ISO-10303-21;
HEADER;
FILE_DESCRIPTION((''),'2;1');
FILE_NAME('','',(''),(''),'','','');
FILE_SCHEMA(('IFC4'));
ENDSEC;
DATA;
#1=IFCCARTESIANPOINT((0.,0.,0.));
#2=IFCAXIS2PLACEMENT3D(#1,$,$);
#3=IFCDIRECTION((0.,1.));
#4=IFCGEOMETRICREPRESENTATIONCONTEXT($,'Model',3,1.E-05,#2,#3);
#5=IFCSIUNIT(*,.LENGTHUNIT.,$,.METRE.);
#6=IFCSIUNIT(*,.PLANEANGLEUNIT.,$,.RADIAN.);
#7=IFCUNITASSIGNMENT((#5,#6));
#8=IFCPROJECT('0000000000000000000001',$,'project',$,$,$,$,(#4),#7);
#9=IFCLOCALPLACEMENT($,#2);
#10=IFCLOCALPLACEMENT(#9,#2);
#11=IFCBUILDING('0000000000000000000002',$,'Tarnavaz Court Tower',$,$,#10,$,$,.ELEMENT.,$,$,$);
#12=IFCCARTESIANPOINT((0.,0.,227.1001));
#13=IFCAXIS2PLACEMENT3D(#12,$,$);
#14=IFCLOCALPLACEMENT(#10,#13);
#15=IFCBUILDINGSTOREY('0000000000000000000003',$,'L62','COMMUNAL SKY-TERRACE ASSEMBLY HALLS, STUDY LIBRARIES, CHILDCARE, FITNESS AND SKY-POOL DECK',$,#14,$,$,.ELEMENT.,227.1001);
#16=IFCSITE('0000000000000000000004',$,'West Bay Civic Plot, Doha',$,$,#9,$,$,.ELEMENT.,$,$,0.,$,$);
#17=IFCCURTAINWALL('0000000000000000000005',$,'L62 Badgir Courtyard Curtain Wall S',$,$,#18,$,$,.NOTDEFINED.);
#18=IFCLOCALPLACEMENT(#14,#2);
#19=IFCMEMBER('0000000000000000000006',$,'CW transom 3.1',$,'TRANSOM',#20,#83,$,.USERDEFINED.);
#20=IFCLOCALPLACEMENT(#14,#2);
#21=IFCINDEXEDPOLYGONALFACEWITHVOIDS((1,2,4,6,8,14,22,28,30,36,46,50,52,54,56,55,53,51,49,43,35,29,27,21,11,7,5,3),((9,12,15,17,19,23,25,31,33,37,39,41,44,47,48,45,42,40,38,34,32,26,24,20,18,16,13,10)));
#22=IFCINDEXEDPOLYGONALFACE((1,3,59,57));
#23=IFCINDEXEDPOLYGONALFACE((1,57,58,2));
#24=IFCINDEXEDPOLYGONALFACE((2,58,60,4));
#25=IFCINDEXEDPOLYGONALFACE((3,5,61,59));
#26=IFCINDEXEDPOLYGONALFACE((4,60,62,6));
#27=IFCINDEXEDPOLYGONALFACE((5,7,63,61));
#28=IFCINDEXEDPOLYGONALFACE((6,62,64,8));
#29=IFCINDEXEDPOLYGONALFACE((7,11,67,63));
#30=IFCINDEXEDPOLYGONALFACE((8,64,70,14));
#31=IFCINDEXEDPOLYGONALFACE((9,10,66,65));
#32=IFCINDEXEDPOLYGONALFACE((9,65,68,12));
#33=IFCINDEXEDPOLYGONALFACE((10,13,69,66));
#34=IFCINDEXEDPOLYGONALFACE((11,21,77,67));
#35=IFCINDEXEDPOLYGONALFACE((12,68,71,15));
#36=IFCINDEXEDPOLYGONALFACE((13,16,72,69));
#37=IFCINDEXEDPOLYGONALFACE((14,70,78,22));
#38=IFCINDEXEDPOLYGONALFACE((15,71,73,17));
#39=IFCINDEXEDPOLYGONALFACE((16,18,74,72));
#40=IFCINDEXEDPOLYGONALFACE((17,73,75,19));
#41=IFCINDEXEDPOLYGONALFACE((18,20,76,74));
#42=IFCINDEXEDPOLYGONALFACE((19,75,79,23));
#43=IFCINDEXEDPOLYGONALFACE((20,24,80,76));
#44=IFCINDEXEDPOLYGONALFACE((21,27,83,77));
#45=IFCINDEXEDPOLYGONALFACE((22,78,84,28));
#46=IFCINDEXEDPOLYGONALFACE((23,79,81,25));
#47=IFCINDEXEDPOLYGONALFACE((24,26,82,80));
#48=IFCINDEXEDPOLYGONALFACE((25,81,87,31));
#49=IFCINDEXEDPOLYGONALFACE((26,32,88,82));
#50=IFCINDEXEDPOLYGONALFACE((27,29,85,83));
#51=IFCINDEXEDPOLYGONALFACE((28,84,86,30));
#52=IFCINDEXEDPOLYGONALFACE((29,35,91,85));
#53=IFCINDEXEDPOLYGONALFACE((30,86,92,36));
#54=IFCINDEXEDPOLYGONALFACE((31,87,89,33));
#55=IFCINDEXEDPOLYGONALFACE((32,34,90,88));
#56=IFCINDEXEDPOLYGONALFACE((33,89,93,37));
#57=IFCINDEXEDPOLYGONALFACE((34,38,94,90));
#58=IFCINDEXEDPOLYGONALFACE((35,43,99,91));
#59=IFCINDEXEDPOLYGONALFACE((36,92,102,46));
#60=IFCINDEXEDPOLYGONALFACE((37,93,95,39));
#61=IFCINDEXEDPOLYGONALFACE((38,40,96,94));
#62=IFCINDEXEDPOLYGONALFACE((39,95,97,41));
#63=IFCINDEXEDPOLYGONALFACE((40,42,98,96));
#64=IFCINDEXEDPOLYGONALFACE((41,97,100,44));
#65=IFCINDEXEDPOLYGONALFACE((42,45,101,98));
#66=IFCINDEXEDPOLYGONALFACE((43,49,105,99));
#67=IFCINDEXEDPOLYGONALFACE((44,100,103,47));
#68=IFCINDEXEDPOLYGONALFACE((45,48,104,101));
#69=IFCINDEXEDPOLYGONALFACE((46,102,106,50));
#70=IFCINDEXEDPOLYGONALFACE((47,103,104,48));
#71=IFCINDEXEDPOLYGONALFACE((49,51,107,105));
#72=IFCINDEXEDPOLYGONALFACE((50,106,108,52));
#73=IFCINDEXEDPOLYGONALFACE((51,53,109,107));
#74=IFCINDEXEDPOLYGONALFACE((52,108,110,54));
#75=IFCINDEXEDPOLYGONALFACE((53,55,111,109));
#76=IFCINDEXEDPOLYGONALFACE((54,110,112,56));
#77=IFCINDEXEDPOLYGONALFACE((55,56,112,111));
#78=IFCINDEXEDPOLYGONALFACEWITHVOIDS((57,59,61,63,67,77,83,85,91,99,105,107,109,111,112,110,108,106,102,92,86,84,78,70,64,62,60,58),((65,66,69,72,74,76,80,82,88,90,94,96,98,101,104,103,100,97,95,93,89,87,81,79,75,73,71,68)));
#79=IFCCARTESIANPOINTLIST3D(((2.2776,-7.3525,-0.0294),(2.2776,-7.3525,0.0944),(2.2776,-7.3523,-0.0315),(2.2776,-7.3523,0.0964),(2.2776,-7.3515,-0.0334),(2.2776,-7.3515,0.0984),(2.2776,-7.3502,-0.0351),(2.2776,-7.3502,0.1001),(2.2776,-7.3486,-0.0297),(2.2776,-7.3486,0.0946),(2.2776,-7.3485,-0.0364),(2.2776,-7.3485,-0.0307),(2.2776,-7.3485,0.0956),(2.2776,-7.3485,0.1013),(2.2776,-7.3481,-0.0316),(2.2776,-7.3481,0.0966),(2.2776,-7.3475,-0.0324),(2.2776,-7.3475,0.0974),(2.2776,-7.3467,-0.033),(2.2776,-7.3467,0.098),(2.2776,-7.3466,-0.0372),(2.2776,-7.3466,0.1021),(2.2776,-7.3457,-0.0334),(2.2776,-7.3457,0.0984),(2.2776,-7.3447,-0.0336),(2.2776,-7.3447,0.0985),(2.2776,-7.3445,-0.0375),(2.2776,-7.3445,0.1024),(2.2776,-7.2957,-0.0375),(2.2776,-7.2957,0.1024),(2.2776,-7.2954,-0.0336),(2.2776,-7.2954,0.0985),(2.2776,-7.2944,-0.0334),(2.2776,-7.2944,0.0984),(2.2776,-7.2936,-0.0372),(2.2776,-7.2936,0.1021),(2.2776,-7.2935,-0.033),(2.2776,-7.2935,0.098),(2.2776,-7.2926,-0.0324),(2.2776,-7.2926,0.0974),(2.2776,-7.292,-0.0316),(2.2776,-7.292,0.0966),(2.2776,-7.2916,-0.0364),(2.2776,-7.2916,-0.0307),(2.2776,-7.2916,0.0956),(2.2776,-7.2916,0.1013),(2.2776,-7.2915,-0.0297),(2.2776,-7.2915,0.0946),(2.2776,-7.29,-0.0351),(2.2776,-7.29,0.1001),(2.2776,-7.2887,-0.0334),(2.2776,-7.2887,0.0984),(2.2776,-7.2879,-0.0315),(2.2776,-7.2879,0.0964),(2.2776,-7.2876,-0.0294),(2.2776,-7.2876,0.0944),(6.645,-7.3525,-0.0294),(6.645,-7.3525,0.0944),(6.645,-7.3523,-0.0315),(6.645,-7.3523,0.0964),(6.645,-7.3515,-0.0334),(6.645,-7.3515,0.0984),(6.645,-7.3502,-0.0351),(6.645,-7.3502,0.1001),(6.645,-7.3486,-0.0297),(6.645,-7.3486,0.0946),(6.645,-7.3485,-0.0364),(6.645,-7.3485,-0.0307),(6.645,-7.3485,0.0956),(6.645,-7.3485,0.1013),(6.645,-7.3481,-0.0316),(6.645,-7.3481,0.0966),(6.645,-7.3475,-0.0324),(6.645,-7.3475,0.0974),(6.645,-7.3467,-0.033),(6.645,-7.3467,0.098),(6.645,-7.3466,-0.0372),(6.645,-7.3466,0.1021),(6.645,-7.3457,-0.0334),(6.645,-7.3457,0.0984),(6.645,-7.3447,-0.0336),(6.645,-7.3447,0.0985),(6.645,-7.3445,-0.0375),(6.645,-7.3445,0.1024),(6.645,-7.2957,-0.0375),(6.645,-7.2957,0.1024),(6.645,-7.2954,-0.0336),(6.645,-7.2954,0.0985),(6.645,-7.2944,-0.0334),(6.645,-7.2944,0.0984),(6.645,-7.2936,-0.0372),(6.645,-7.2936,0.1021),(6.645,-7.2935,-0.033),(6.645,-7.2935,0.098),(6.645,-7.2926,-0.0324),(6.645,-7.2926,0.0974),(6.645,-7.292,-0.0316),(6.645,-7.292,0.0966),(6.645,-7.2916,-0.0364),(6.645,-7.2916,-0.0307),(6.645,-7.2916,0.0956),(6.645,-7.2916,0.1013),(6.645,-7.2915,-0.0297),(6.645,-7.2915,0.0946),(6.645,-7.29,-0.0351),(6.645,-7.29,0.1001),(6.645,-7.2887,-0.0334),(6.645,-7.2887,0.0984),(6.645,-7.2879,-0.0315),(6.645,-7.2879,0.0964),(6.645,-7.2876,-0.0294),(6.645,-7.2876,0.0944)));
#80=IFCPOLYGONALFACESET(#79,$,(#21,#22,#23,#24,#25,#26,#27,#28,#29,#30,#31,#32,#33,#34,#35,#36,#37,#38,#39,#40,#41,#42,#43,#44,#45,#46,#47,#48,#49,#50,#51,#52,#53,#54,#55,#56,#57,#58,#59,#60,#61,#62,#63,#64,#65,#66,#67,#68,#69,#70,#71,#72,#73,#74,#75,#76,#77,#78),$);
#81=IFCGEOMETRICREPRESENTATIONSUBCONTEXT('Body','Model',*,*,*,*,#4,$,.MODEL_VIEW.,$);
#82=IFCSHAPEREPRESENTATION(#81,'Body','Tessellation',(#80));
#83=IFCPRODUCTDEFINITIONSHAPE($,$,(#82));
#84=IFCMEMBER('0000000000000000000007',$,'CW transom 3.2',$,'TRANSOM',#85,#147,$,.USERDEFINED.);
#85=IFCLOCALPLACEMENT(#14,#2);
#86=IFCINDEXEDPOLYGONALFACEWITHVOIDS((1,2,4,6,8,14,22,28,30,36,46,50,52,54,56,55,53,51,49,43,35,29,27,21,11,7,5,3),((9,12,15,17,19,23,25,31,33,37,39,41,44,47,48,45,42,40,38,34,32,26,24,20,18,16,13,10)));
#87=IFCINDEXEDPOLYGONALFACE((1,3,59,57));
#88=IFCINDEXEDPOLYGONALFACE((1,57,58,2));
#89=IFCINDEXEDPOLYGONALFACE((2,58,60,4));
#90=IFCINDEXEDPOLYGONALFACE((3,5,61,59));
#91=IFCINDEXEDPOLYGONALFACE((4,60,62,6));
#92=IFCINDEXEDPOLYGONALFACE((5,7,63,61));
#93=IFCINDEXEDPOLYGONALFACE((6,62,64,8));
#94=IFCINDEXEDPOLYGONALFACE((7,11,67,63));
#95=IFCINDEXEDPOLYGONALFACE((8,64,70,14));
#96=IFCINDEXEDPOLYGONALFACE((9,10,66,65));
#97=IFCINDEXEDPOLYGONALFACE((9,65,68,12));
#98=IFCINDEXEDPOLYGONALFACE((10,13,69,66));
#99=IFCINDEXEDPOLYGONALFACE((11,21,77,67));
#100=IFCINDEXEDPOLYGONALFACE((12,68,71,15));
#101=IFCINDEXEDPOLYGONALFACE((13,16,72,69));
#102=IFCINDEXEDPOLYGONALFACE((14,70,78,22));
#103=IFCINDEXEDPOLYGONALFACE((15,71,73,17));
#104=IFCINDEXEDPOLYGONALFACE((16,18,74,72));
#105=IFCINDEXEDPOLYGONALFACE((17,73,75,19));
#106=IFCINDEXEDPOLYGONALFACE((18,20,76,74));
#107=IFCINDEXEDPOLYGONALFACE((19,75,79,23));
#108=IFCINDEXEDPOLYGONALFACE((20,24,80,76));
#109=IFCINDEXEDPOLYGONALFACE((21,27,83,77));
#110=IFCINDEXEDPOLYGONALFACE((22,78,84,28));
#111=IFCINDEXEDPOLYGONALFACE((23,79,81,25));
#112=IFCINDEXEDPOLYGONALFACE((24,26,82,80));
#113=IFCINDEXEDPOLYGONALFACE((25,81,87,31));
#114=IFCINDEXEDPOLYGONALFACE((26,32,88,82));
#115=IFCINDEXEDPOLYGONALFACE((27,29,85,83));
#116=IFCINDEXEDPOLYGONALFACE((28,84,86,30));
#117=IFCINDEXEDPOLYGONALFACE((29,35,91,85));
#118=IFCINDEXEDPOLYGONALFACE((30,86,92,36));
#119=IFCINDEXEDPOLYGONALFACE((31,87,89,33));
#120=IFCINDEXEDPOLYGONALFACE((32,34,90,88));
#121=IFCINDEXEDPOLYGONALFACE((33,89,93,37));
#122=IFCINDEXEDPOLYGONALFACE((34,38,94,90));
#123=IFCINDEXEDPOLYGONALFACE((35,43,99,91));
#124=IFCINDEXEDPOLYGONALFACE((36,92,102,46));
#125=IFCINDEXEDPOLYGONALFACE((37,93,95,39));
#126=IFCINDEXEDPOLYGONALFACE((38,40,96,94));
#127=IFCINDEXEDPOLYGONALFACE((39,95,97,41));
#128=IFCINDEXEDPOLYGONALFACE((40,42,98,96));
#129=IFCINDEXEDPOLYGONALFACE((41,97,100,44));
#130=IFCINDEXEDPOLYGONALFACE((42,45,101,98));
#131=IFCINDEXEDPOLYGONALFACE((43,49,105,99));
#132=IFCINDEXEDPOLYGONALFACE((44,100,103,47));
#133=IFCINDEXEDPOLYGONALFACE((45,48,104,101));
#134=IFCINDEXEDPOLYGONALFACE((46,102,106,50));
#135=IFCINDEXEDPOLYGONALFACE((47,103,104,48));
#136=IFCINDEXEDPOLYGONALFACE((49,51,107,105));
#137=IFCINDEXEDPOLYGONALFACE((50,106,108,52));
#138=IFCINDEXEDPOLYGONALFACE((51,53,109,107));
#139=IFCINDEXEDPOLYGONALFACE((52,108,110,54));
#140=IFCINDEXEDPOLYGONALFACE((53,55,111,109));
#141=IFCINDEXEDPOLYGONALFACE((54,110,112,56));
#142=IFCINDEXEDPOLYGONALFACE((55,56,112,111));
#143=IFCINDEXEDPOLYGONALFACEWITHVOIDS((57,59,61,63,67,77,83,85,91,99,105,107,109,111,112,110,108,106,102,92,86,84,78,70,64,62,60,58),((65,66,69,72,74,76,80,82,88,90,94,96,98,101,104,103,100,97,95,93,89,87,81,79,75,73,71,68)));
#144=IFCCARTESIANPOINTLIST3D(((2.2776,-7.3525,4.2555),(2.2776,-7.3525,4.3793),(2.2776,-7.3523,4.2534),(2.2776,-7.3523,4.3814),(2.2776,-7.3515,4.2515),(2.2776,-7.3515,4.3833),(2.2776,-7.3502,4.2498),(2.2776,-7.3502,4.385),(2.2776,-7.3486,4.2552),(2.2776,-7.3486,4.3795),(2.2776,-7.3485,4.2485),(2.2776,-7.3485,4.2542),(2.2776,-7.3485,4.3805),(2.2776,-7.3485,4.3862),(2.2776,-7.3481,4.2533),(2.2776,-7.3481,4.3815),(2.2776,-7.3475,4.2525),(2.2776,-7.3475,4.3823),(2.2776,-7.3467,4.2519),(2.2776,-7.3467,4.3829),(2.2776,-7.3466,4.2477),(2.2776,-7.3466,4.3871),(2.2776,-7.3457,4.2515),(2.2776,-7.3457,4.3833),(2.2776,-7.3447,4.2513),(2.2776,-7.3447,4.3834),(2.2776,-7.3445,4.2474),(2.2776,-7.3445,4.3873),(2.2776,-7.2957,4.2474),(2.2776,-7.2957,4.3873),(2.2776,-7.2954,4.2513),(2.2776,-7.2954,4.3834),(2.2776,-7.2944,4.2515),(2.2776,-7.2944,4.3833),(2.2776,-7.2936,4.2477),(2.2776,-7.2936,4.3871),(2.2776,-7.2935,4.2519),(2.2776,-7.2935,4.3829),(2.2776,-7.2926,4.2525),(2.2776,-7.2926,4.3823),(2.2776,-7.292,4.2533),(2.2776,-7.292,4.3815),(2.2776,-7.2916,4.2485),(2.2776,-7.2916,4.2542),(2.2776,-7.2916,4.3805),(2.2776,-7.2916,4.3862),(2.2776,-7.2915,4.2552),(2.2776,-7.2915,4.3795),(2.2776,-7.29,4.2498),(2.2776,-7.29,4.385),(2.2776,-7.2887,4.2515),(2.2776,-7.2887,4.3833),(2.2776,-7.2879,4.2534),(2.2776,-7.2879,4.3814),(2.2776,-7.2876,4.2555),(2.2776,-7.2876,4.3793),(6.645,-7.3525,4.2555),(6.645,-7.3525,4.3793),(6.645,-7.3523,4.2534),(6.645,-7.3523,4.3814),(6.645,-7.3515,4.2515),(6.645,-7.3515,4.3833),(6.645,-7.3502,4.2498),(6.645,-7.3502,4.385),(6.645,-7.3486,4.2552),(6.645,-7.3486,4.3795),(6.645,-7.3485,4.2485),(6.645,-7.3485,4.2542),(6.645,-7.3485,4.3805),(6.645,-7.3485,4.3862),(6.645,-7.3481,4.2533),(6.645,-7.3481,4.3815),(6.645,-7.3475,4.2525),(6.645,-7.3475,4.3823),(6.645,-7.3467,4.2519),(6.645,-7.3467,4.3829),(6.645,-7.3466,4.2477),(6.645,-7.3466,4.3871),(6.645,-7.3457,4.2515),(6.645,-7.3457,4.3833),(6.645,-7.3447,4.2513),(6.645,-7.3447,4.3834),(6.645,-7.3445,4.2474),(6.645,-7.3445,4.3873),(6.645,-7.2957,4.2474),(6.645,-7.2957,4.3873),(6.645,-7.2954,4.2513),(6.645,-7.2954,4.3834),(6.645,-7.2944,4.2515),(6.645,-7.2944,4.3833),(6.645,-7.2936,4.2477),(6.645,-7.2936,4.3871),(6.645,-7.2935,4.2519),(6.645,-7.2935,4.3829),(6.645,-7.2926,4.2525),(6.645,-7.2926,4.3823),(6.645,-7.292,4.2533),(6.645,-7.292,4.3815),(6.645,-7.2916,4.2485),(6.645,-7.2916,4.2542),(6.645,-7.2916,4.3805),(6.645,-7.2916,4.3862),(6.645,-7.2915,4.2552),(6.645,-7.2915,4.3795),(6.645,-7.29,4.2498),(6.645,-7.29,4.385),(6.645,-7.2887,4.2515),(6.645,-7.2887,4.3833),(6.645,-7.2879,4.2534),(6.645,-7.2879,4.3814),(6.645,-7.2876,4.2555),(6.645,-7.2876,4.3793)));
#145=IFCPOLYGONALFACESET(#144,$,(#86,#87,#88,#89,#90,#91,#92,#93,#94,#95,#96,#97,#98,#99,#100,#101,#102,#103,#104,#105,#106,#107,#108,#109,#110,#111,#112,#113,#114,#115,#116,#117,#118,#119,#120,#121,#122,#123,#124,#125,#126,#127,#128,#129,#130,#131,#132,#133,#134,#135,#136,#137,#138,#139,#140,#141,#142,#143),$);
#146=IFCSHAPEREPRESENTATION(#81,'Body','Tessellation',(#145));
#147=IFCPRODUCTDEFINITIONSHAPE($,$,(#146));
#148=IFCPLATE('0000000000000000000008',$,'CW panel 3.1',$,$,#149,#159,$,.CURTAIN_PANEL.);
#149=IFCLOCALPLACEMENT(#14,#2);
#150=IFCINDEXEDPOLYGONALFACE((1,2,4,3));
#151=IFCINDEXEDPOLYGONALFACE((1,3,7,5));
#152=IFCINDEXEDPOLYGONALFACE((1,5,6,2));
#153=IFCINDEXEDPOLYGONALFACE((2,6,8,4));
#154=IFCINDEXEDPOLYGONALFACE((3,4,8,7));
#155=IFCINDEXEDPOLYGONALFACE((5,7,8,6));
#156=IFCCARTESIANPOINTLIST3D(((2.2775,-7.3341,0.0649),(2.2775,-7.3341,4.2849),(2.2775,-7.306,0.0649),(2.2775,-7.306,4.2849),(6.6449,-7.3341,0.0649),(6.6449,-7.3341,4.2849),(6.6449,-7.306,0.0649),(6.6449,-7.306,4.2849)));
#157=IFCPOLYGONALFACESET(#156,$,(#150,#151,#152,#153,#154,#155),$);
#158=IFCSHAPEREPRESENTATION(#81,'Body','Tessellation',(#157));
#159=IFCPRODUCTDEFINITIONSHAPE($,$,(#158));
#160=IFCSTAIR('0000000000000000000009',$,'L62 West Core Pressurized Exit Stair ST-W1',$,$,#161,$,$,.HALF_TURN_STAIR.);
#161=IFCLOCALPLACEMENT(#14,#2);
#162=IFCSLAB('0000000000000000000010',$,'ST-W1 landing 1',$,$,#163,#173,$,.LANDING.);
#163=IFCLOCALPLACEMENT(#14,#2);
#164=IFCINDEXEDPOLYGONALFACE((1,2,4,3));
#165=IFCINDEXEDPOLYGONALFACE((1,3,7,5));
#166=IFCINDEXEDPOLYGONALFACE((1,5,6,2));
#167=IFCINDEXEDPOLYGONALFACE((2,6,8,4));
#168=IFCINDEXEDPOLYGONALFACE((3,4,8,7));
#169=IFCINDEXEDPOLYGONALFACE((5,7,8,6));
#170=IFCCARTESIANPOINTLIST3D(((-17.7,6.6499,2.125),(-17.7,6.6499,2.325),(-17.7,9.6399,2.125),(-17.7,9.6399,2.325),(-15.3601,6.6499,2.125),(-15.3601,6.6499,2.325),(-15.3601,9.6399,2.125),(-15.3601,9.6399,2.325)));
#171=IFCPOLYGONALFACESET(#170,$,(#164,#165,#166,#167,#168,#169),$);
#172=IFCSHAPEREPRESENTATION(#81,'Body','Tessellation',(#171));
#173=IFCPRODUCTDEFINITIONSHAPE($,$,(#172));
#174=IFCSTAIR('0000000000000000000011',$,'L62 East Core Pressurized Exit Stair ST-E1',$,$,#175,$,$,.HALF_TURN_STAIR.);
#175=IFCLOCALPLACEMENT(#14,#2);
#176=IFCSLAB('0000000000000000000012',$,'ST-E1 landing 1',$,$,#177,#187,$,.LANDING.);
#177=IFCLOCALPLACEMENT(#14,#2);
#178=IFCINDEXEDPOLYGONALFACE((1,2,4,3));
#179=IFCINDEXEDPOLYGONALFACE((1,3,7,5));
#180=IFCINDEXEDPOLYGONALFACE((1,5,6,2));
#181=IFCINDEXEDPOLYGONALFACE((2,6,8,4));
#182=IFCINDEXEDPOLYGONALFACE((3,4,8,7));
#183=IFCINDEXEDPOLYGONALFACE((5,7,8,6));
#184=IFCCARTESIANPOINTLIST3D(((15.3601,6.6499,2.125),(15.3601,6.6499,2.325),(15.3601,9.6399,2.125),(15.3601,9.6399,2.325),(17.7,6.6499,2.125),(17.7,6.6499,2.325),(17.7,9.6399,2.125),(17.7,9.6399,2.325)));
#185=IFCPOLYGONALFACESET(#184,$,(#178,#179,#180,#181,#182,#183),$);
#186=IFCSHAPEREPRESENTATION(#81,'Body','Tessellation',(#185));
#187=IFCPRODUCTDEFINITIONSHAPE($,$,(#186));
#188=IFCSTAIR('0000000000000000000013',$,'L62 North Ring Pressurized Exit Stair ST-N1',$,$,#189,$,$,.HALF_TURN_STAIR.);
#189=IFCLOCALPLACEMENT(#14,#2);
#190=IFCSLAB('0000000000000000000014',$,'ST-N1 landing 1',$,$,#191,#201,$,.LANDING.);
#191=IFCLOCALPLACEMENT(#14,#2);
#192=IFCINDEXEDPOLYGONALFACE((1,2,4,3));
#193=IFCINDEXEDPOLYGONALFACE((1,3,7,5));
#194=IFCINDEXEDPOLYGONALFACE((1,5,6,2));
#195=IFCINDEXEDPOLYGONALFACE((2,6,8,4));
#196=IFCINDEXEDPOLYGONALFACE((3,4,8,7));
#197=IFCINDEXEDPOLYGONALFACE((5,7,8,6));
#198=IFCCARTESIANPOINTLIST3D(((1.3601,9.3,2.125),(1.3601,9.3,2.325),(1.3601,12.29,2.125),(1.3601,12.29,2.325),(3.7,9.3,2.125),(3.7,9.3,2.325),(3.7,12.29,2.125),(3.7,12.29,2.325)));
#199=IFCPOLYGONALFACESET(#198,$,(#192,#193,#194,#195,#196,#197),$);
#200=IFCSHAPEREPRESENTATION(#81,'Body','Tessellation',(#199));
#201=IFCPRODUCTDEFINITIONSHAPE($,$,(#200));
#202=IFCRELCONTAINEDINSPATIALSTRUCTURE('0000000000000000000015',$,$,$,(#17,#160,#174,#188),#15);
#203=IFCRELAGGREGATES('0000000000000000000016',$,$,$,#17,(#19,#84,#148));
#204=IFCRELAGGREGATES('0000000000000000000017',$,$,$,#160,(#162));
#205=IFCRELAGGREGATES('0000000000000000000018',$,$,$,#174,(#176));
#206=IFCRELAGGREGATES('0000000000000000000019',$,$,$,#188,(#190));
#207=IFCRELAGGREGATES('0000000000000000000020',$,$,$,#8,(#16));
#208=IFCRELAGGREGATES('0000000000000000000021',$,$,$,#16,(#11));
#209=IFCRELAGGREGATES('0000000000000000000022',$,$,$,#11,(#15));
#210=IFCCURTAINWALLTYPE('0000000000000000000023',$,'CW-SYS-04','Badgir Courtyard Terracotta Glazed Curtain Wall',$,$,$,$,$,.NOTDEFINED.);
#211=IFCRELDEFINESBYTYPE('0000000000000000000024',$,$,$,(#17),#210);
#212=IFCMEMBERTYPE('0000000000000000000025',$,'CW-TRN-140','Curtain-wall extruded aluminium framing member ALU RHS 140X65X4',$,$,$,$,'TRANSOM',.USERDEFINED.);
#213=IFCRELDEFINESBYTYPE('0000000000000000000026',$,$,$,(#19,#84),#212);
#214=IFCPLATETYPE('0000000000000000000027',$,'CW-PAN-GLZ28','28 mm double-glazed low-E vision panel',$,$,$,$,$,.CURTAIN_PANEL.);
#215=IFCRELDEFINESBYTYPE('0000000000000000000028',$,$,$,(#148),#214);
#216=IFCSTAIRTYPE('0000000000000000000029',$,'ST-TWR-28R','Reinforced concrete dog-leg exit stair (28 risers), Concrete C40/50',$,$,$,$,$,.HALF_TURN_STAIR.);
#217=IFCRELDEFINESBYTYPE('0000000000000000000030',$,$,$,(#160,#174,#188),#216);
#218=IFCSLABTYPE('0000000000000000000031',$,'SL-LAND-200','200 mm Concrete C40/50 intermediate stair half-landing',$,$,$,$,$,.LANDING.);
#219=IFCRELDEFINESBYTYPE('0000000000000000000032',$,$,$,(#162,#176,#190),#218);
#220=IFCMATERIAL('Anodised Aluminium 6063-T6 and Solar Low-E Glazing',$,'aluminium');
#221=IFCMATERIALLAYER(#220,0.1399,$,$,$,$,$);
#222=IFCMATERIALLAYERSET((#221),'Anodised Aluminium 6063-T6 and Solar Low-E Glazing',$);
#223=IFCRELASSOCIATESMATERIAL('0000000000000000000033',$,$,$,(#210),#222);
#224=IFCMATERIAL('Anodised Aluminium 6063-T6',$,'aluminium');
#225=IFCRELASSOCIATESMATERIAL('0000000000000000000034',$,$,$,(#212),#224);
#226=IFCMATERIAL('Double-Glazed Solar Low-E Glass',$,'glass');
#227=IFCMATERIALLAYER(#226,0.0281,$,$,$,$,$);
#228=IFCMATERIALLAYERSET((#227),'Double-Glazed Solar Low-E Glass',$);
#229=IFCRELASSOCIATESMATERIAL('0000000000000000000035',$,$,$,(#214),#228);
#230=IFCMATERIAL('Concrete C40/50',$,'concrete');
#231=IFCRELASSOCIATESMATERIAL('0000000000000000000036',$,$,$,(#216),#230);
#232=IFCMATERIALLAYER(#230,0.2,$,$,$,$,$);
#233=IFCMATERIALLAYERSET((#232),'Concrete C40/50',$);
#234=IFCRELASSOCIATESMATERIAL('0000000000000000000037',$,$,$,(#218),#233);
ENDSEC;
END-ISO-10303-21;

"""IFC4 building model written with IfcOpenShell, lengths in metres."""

from ifc_helpers import new_model, si_unit, direction, frame, origin, origin_2d, place, context, subcontext, project, spatial, polyline, rectangle, hollow_rectangle, outline, extrude, material, layer, layer_set, material_profile, profile_set, type_object, element, aggregate, save


model = new_model("IFC4")

# Units and contexts
model_context = context("Model", 3, precision=1e-05, world=origin(), true_north=direction((0.0, 1.0)))
body_context = subcontext(model_context, "Body", "Model", "MODEL_VIEW")
ifc_project = project(units=[si_unit("LENGTHUNIT", "METRE"), si_unit("PLANEANGLEUNIT", "RADIAN")], contexts=[model_context])

# Site, building, storey
site_placement = place(None, origin())
site = spatial("IfcSite", under=ifc_project, at=site_placement, Name="West Bay Civic Plot, Doha", CompositionType="ELEMENT", RefElevation=0.0)
building_placement = place(site_placement, origin())
building = spatial("IfcBuilding", under=site, at=building_placement, Name="Tarnavaz Court Tower", CompositionType="ELEMENT")
storey_placement = place(building_placement, frame((0.0, 0.0, 227.1001)))
storey = spatial("IfcBuildingStorey", under=building, at=storey_placement, Name="L62", Description="COMMUNAL SKY-TERRACE ASSEMBLY HALLS, STUDY LIBRARIES, CHILDCARE, FITNESS AND SKY-POOL DECK", CompositionType="ELEMENT", Elevation=227.1001)

# Curtain wall, members, plate
ifc_material_1 = material(Name="Anodised Aluminium 6063-T6 and Solar Low-E Glazing", Category="aluminium")
ifc_layer_1 = layer(ifc_material_1, 0.1399)
ifc_layer_set_1 = layer_set([ifc_layer_1], Name="Anodised Aluminium 6063-T6 and Solar Low-E Glazing")
curtain_wall_type = type_object("IfcCurtainWallType", Name="CW-SYS-04", Description="Badgir Courtyard Terracotta Glazed Curtain Wall", PredefinedType="NOTDEFINED", material=ifc_layer_set_1)
curtain_wall_placement = place(storey_placement, origin())
curtain_wall = element("IfcCurtainWall", 1, at=curtain_wall_placement, inside=storey, type_object=curtain_wall_type, Name="L62 Badgir Courtyard Curtain Wall S", PredefinedType="NOTDEFINED")
ifc_material_2 = material(Name="Anodised Aluminium 6063-T6", Category="aluminium")
ifc_material_profile_1 = material_profile(ifc_material_2, hollow_rectangle(XDim=0.0649, YDim=0.1399, WallThickness=0.0039, InnerFilletRadius=0.0039, OuterFilletRadius=0.0081, at=origin_2d()), Name="ALU RHS 140X65X4")
ifc_profile_set_1 = profile_set([ifc_material_profile_1], Name="Anodised Aluminium 6063-T6")
member_type_1 = type_object("IfcMemberType", Name="CW-TRN-140", Description="Curtain-wall extruded aluminium framing member ALU RHS 140X65X4", ElementType="TRANSOM", PredefinedType="USERDEFINED", material=ifc_profile_set_1)
member_1_placement = place(storey_placement, frame((2.2776, -7.3201, 0.0325), z_axis=(1.0, 0.0, 0.0), x_axis=(0.0, 1.0, 0.0)))
member_1 = element("IfcMember", 2, at=member_1_placement, type_object=member_type_1, Name="CW transom 3.1", ObjectType="TRANSOM", PredefinedType="USERDEFINED", context=body_context, shape_type="SweptSolid", body=[
    extrude(hollow_rectangle(XDim=0.0649, YDim=0.1399, WallThickness=0.0039, InnerFilletRadius=0.0039, OuterFilletRadius=0.0081, at=origin_2d()), origin(), (0.0, 0.0, 1.0), 4.3674),
])
member_2_placement = place(storey_placement, frame((2.2776, -7.3201, 4.3174), z_axis=(1.0, 0.0, 0.0), x_axis=(0.0, 1.0, 0.0)))
member_2 = element("IfcMember", 3, at=member_2_placement, type_object=member_type_1, Name="CW transom 3.2", ObjectType="TRANSOM", PredefinedType="USERDEFINED", context=body_context, shape_type="SweptSolid", body=[
    extrude(hollow_rectangle(XDim=0.0649, YDim=0.1399, WallThickness=0.0039, InnerFilletRadius=0.0039, OuterFilletRadius=0.0081, at=origin_2d()), origin(), (0.0, 0.0, 1.0), 4.3674),
])
ifc_material_3 = material(Name="Double-Glazed Solar Low-E Glass", Category="glass")
ifc_layer_2 = layer(ifc_material_3, 0.0281)
ifc_layer_set_2 = layer_set([ifc_layer_2], Name="Double-Glazed Solar Low-E Glass")
plate_type = type_object("IfcPlateType", Name="CW-PAN-GLZ28", Description="28 mm double-glazed low-E vision panel", PredefinedType="CURTAIN_PANEL", material=ifc_layer_set_2)
plate_placement = place(storey_placement, frame((4.4612, -7.3201, 0.0649), z_axis=(0.0, 0.0, 1.0), x_axis=(1.0, 0.0, 0.0)))
plate = element("IfcPlate", 4, at=plate_placement, type_object=plate_type, Name="CW panel 3.1", PredefinedType="CURTAIN_PANEL", context=body_context, shape_type="SweptSolid", body=[
    extrude(rectangle(XDim=4.3674, YDim=0.0281, at=origin_2d()), origin(), (0.0, 0.0, 1.0), 4.22),
])
aggregate(curtain_wall, [member_1, member_2, plate])

# Stairs, slabs
ifc_material_4 = material(Name="Concrete C40/50", Category="concrete")
stair_type = type_object("IfcStairType", Name="ST-TWR-28R", Description="Reinforced concrete dog-leg exit stair (28 risers), Concrete C40/50", PredefinedType="HALF_TURN_STAIR", material=ifc_material_4)
stair_1_placement = place(storey_placement, origin())
stair_1 = element("IfcStair", 5, at=stair_1_placement, inside=storey, type_object=stair_type, Name="L62 West Core Pressurized Exit Stair ST-W1", PredefinedType="HALF_TURN_STAIR")
ifc_layer_3 = layer(ifc_material_4, 0.2)
ifc_layer_set_3 = layer_set([ifc_layer_3], Name="Concrete C40/50")
slab_type_1 = type_object("IfcSlabType", Name="SL-LAND-200", Description="200 mm Concrete C40/50 intermediate stair half-landing", PredefinedType="LANDING", material=ifc_layer_set_3)
slab_1_placement = place(storey_placement, frame((0.0, 0.0, 2.125)))
slab_1 = element("IfcSlab", 6, at=slab_1_placement, type_object=slab_type_1, Name="ST-W1 landing 1", PredefinedType="LANDING", context=body_context, shape_type="SweptSolid", body=[
    extrude(outline(polyline([(-15.3601, 9.6399), (-17.7, 9.6399), (-17.7, 6.6499), (-15.3601, 6.6499), (-15.3601, 9.6399)])), origin(), (0.0, 0.0, 1.0), 0.2),
])
aggregate(stair_1, [slab_1])
stair_2_placement = place(storey_placement, origin())
stair_2 = element("IfcStair", 7, at=stair_2_placement, inside=storey, type_object=stair_type, Name="L62 East Core Pressurized Exit Stair ST-E1", PredefinedType="HALF_TURN_STAIR")
slab_2_placement = place(storey_placement, frame((0.0, 0.0, 2.125)))
slab_2 = element("IfcSlab", 8, at=slab_2_placement, type_object=slab_type_1, Name="ST-E1 landing 1", PredefinedType="LANDING", context=body_context, shape_type="SweptSolid", body=[
    extrude(outline(polyline([(15.3601, 6.6499), (17.7, 6.6499), (17.7, 9.6399), (15.3601, 9.6399), (15.3601, 6.6499)])), origin(), (0.0, 0.0, 1.0), 0.2),
])
aggregate(stair_2, [slab_2])
stair_3_placement = place(storey_placement, origin())
stair_3 = element("IfcStair", 9, at=stair_3_placement, inside=storey, type_object=stair_type, Name="L62 North Ring Pressurized Exit Stair ST-N1", PredefinedType="HALF_TURN_STAIR")
slab_3_placement = place(storey_placement, frame((0.0, 0.0, 2.125)))
slab_3 = element("IfcSlab", 10, at=slab_3_placement, type_object=slab_type_1, Name="ST-N1 landing 1", PredefinedType="LANDING", context=body_context, shape_type="SweptSolid", body=[
    extrude(outline(polyline([(1.3601, 9.3), (3.7, 9.3), (3.7, 12.29), (1.3601, 12.29), (1.3601, 9.3)])), origin(), (0.0, 0.0, 1.0), 0.2),
])
aggregate(stair_3, [slab_3])

save(model, "model.ifc")
